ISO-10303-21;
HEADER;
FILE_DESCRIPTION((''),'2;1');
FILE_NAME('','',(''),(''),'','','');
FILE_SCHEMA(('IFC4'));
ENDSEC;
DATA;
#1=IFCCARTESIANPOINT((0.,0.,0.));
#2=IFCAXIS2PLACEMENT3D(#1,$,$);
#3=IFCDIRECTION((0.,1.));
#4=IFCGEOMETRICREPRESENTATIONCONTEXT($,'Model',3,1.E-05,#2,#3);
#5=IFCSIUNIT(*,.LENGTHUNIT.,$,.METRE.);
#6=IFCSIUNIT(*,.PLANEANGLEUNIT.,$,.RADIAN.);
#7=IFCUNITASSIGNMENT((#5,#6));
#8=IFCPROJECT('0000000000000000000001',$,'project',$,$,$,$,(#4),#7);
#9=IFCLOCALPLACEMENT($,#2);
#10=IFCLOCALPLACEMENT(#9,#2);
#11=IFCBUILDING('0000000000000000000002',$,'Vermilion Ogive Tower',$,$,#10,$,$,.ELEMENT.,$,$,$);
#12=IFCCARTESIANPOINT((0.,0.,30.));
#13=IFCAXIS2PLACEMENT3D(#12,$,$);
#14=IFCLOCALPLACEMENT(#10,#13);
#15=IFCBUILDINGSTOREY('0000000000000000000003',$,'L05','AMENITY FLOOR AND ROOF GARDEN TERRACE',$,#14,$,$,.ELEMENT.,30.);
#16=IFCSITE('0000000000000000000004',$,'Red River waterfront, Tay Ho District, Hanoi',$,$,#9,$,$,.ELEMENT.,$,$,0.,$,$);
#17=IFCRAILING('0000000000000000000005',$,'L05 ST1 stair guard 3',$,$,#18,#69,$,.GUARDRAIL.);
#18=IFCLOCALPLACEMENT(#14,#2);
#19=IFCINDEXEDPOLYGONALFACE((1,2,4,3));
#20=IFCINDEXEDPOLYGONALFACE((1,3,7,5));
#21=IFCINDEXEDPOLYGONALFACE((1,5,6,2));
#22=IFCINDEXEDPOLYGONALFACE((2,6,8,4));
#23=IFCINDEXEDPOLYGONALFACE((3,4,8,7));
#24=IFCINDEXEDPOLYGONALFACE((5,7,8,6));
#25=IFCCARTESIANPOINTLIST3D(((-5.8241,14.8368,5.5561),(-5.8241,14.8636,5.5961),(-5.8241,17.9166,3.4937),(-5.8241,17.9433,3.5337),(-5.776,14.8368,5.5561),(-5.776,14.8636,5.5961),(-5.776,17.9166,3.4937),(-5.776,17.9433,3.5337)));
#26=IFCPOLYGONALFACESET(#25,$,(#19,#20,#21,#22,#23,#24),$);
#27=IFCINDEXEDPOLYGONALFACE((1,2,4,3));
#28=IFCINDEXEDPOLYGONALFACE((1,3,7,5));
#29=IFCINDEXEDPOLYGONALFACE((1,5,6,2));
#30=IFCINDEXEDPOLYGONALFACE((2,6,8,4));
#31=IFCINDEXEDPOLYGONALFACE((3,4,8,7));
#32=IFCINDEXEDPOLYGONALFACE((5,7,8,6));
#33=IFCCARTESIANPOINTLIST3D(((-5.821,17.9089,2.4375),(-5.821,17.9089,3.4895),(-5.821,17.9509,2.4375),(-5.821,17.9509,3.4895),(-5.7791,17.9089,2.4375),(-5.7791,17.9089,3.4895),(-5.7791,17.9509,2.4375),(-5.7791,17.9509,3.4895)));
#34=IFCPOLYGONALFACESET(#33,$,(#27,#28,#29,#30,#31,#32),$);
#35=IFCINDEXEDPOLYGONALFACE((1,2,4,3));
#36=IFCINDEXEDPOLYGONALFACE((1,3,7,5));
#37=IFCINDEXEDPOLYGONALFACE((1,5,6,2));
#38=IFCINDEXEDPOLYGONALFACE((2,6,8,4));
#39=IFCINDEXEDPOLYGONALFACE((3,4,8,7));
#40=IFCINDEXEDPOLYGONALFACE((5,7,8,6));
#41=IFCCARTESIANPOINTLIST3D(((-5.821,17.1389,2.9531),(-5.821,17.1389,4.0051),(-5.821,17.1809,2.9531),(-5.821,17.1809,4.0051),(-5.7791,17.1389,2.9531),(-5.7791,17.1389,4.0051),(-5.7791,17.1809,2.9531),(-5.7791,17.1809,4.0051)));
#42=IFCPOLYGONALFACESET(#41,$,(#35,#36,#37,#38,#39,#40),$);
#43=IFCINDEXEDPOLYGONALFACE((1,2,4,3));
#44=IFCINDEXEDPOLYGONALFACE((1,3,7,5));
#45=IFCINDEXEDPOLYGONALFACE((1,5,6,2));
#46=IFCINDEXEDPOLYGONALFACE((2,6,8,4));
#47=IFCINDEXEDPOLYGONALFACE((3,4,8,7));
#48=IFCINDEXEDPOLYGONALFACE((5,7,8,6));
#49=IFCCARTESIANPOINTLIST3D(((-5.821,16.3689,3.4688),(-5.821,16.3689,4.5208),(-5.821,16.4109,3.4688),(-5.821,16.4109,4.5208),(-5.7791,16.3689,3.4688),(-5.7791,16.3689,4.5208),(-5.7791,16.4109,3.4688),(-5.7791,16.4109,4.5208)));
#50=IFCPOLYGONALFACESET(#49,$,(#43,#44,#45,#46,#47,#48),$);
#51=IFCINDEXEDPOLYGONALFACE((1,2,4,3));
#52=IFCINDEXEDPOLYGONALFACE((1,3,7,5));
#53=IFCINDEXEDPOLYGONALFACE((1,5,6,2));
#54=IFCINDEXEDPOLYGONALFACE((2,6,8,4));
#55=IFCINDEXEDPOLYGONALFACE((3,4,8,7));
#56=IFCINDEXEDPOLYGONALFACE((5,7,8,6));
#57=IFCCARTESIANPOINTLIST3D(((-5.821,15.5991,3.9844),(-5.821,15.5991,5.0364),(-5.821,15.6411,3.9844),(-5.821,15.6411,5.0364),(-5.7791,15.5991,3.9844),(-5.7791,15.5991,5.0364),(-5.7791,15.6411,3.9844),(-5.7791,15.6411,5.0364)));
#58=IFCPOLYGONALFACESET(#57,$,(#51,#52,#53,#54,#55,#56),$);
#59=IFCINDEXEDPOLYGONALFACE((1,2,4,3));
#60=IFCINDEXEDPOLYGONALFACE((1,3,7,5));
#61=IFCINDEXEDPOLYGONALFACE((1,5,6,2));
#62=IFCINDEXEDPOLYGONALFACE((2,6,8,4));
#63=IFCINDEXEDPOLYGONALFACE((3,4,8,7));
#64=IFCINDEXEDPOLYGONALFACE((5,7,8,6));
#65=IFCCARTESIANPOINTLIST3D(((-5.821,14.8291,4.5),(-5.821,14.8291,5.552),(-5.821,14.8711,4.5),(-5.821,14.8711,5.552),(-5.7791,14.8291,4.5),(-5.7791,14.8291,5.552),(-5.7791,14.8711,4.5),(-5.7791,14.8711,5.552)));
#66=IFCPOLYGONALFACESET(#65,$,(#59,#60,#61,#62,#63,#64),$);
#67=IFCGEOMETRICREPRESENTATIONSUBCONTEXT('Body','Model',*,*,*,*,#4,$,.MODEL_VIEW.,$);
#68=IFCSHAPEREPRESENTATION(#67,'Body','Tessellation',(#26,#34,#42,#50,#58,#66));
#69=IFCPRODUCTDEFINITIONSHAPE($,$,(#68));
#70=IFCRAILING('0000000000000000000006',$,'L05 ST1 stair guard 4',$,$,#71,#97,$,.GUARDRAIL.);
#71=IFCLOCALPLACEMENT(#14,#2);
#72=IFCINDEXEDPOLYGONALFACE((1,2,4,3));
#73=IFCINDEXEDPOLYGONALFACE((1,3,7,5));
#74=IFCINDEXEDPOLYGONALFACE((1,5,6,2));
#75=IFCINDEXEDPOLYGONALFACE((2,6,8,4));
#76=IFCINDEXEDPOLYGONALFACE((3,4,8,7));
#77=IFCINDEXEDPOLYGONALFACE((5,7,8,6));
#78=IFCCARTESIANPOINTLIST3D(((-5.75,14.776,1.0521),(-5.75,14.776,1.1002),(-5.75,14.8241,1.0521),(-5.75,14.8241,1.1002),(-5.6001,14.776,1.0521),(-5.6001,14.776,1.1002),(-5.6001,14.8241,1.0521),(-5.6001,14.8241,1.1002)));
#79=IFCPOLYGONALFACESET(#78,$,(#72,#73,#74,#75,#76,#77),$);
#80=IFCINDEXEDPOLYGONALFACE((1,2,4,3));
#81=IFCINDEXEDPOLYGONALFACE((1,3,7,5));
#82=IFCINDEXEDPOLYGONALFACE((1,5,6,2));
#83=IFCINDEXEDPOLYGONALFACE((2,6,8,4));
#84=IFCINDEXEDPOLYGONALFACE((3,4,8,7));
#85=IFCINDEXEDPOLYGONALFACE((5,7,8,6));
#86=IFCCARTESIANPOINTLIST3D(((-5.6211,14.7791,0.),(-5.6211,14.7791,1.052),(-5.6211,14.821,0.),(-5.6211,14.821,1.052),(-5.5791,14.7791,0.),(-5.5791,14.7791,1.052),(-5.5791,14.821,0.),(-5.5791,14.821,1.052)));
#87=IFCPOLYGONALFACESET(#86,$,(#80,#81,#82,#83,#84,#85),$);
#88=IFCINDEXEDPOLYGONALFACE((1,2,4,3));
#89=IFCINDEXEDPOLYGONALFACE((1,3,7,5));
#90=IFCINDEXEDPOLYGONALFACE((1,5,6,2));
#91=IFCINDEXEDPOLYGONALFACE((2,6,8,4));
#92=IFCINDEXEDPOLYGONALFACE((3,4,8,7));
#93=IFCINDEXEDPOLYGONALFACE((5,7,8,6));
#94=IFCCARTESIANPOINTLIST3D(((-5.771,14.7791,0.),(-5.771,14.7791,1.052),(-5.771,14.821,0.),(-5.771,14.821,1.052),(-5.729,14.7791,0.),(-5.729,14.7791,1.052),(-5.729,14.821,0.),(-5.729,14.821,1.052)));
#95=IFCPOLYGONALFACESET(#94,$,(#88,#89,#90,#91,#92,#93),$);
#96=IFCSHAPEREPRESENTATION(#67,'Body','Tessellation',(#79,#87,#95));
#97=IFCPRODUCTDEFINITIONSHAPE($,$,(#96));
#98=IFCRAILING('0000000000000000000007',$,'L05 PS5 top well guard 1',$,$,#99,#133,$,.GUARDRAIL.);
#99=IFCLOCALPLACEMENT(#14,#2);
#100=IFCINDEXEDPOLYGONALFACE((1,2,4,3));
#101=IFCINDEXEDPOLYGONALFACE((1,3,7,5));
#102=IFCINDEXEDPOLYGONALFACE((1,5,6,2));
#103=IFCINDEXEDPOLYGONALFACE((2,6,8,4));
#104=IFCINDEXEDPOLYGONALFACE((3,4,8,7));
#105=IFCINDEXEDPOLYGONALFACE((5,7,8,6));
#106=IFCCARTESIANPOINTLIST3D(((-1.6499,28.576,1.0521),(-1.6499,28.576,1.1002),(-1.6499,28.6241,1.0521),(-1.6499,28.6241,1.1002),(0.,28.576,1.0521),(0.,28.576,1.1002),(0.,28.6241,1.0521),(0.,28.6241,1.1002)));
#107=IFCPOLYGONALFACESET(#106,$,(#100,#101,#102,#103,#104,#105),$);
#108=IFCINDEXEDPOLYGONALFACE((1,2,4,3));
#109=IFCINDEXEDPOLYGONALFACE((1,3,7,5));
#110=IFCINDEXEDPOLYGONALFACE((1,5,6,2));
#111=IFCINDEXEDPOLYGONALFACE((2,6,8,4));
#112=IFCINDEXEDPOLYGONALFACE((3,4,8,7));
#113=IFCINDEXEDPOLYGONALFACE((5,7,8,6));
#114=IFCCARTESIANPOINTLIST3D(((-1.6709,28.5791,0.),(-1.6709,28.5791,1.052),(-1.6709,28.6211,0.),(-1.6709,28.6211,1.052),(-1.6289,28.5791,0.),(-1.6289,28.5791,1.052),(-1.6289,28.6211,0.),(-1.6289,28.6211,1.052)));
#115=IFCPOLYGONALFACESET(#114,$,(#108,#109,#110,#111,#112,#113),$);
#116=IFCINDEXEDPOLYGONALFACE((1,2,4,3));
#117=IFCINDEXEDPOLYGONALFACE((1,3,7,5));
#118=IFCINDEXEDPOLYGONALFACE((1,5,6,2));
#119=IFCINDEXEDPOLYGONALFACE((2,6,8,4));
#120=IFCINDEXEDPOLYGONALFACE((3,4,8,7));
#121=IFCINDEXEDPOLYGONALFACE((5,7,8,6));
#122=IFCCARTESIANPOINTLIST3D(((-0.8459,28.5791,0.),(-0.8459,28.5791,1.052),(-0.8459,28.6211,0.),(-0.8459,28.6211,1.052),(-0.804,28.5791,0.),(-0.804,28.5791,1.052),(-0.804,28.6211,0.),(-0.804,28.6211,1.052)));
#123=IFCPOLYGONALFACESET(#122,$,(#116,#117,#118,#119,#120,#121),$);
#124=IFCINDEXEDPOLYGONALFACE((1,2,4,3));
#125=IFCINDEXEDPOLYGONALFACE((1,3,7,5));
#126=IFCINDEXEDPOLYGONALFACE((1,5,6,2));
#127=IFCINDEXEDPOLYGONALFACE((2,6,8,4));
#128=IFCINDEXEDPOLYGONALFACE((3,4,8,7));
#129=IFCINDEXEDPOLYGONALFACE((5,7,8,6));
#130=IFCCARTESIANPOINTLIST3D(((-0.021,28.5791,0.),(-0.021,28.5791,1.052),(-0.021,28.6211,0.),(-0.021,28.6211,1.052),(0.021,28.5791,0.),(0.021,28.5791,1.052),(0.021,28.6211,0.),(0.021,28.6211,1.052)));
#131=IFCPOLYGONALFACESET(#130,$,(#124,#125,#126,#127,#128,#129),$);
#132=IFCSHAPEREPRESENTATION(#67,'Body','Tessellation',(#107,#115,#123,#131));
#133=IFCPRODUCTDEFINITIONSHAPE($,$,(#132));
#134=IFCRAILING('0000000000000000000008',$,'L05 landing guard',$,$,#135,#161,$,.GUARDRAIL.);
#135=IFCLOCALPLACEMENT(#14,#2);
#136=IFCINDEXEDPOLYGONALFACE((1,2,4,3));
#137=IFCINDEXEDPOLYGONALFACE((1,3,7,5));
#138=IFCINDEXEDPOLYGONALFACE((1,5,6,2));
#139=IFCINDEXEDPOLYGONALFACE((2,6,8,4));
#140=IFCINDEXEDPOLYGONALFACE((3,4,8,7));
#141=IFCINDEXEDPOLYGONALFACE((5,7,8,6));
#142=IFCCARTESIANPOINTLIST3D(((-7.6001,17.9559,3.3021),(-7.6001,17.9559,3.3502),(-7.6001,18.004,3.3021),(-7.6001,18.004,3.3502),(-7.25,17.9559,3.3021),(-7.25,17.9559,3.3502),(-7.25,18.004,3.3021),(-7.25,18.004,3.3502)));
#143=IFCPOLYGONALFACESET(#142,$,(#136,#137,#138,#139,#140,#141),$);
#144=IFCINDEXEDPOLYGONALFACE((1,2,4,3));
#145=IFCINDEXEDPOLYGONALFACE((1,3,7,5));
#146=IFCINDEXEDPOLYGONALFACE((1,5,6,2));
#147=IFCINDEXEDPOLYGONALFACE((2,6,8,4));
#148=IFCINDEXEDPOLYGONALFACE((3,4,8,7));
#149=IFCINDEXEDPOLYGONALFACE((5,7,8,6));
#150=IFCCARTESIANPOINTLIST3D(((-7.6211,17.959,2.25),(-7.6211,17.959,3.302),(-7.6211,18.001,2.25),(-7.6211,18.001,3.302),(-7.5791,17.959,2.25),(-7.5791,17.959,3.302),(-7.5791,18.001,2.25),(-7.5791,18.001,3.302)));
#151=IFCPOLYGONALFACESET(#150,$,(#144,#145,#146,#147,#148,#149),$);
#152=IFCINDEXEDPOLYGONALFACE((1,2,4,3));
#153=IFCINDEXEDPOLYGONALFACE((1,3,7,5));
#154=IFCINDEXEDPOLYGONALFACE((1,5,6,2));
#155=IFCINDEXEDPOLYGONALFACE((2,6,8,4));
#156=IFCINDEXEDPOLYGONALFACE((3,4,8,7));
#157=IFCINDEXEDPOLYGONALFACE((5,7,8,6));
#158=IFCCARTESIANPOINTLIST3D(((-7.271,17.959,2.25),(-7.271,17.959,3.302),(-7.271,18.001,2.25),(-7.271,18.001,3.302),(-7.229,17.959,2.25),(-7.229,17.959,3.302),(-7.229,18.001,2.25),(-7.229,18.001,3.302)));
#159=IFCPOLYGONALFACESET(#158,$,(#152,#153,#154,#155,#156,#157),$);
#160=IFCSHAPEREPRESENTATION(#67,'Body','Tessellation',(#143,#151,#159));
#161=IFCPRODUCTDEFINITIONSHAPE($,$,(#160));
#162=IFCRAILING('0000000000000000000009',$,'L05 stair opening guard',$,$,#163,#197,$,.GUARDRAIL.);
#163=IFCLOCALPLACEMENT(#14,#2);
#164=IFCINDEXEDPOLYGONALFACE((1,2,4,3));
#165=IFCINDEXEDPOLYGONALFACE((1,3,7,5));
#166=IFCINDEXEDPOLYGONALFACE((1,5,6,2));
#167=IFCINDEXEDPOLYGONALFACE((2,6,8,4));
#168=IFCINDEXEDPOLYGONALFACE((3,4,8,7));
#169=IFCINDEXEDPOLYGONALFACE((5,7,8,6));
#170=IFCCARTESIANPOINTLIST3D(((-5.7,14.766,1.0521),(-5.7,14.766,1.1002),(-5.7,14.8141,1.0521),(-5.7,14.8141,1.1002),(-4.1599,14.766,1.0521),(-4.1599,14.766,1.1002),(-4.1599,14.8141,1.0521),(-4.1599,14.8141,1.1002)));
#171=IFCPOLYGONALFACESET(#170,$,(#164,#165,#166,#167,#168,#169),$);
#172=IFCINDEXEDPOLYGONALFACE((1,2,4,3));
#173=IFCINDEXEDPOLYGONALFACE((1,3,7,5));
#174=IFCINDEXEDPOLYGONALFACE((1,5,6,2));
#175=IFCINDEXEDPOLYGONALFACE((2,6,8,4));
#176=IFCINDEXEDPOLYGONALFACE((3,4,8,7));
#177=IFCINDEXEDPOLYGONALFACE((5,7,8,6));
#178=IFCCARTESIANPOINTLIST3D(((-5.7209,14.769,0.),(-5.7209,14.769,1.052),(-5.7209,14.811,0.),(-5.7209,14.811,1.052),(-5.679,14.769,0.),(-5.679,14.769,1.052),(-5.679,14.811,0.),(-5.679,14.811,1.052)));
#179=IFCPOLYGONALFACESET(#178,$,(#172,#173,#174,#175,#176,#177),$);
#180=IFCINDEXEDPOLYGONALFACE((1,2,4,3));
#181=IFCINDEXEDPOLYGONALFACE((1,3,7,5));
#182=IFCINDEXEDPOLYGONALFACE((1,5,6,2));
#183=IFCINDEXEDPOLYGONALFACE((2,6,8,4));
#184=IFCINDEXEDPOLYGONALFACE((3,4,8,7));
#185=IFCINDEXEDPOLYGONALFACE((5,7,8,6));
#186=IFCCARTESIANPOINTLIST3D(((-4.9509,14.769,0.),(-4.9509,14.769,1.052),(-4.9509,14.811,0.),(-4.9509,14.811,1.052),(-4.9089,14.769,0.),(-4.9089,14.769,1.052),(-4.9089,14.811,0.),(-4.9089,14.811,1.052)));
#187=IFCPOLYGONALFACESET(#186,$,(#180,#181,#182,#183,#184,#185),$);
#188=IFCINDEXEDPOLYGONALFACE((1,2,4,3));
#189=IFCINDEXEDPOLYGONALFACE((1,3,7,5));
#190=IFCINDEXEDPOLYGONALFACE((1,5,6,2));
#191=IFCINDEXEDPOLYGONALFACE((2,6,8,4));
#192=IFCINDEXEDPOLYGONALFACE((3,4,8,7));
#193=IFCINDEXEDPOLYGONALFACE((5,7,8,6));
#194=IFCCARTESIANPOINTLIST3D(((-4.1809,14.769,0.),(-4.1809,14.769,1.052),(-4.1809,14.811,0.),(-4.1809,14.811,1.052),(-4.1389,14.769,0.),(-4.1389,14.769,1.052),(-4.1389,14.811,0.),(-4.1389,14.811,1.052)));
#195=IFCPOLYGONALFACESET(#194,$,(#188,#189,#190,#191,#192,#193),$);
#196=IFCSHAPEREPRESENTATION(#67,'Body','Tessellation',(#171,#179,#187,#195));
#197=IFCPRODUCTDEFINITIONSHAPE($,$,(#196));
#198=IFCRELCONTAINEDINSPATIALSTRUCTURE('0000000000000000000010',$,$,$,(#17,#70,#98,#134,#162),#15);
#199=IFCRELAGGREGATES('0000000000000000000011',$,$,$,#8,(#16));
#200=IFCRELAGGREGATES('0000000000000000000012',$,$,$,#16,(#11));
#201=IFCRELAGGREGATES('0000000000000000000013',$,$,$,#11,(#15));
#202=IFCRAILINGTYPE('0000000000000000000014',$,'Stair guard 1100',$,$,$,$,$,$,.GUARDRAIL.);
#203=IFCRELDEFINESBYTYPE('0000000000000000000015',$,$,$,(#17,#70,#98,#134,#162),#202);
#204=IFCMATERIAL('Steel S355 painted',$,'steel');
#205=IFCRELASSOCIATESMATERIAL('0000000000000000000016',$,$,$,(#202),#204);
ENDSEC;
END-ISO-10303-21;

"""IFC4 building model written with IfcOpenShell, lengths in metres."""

from ifc_helpers import new_model, si_unit, direction, frame, origin, origin_2d, place, context, subcontext, project, spatial, rectangle, extrude, material, type_object, element, save


model = new_model("IFC4")

# Units and contexts
model_context = context("Model", 3, precision=1e-05, world=origin(), true_north=direction((0.0, 1.0)))
body_context = subcontext(model_context, "Body", "Model", "MODEL_VIEW")
ifc_project = project(units=[si_unit("LENGTHUNIT", "METRE"), si_unit("PLANEANGLEUNIT", "RADIAN")], contexts=[model_context])

# Site, building, storey
site_placement = place(None, origin())
site = spatial("IfcSite", under=ifc_project, at=site_placement, Name="Red River waterfront, Tay Ho District, Hanoi", CompositionType="ELEMENT", RefElevation=0.0)
building_placement = place(site_placement, origin())
building = spatial("IfcBuilding", under=site, at=building_placement, Name="Vermilion Ogive Tower", CompositionType="ELEMENT")
storey_placement = place(building_placement, frame((0.0, 0.0, 30.0)))
storey = spatial("IfcBuildingStorey", under=building, at=storey_placement, Name="L05", Description="AMENITY FLOOR AND ROOF GARDEN TERRACE", CompositionType="ELEMENT", Elevation=30.0)

# Railings
ifc_material_1 = material(Name="Steel S355 painted", Category="steel")
railing_type_1 = type_object("IfcRailingType", Name="Stair guard 1100", PredefinedType="GUARDRAIL", material=ifc_material_1)
railing_1_placement = place(storey_placement, frame((-5.8, 17.9299, 2.4375)))
element("IfcRailing", 1, at=railing_1_placement, inside=storey, type_object=railing_type_1, Name="L05 ST1 stair guard 3", PredefinedType="GUARDRAIL", context=body_context, shape_type="SweptSolid", body=[
    extrude(rectangle(XDim=0.0481, YDim=0.0481, at=origin_2d()), frame((0.0, 0.0, 1.0762), z_axis=(0.0, -0.830893, 0.556432), x_axis=(1.0, 0.0, 0.0)), (0.0, 0.0, 1.0), 3.7065),
    extrude(rectangle(XDim=0.042, YDim=0.042, at=origin_2d()), origin(), (0.0, 0.0, 1.0), 1.052),
    extrude(rectangle(XDim=0.042, YDim=0.042, at=origin_2d()), frame((0.0, -0.77, 0.5156)), (0.0, 0.0, 1.0), 1.052),
    extrude(rectangle(XDim=0.042, YDim=0.042, at=origin_2d()), frame((0.0, -1.54, 1.0312)), (0.0, 0.0, 1.0), 1.052),
    extrude(rectangle(XDim=0.042, YDim=0.042, at=origin_2d()), frame((0.0, -2.3098, 1.5469)), (0.0, 0.0, 1.0), 1.052),
    extrude(rectangle(XDim=0.042, YDim=0.042, at=origin_2d()), frame((0.0, -3.0798, 2.0625)), (0.0, 0.0, 1.0), 1.052),
])
railing_2_placement = place(storey_placement, frame((-5.6001, 14.8, 0.0)))
element("IfcRailing", 2, at=railing_2_placement, inside=storey, type_object=railing_type_1, Name="L05 ST1 stair guard 4", PredefinedType="GUARDRAIL", context=body_context, shape_type="SweptSolid", body=[
    extrude(rectangle(XDim=0.0481, YDim=0.0481, at=origin_2d()), frame((0.0, 0.0, 1.0762), z_axis=(-1.0, 0.0, 0.0), x_axis=(0.0, -1.0, 0.0)), (0.0, 0.0, 1.0), 0.1499),
    extrude(rectangle(XDim=0.042, YDim=0.042, at=origin_2d()), origin(), (0.0, 0.0, 1.0), 1.052),
    extrude(rectangle(XDim=0.042, YDim=0.042, at=origin_2d()), frame((-0.1499, 0.0, 0.0)), (0.0, 0.0, 1.0), 1.052),
])
railing_3_placement = place(storey_placement, frame((-1.6499, 28.6001, 0.0)))
element("IfcRailing", 3, at=railing_3_placement, inside=storey, type_object=railing_type_1, Name="L05 PS5 top well guard 1", PredefinedType="GUARDRAIL", context=body_context, shape_type="SweptSolid", body=[
    extrude(rectangle(XDim=0.0481, YDim=0.0481, at=origin_2d()), frame((0.0, 0.0, 1.0762), z_axis=(1.0, 0.0, 0.0), x_axis=(0.0, 1.0, 0.0)), (0.0, 0.0, 1.0), 1.6499),
    extrude(rectangle(XDim=0.042, YDim=0.042, at=origin_2d()), origin(), (0.0, 0.0, 1.0), 1.052),
    extrude(rectangle(XDim=0.042, YDim=0.042, at=origin_2d()), frame((0.825, 0.0, 0.0)), (0.0, 0.0, 1.0), 1.052),
    extrude(rectangle(XDim=0.042, YDim=0.042, at=origin_2d()), frame((1.6499, 0.0, 0.0)), (0.0, 0.0, 1.0), 1.052),
])
railing_4_placement = place(storey_placement, frame((-7.6001, 17.98, 2.25)))
element("IfcRailing", 4, at=railing_4_placement, inside=storey, type_object=railing_type_1, Name="L05 landing guard", PredefinedType="GUARDRAIL", context=body_context, shape_type="SweptSolid", body=[
    extrude(rectangle(XDim=0.0481, YDim=0.0481, at=origin_2d()), frame((0.0, 0.0, 1.0762), z_axis=(1.0, 0.0, 0.0), x_axis=(0.0, 1.0, 0.0)), (0.0, 0.0, 1.0), 0.3501),
    extrude(rectangle(XDim=0.042, YDim=0.042, at=origin_2d()), origin(), (0.0, 0.0, 1.0), 1.052),
    extrude(rectangle(XDim=0.042, YDim=0.042, at=origin_2d()), frame((0.3501, 0.0, 0.0)), (0.0, 0.0, 1.0), 1.052),
])
railing_5_placement = place(storey_placement, frame((-5.7, 14.79, 0.0)))
element("IfcRailing", 5, at=railing_5_placement, inside=storey, type_object=railing_type_1, Name="L05 stair opening guard", PredefinedType="GUARDRAIL", context=body_context, shape_type="SweptSolid", body=[
    extrude(rectangle(XDim=0.0481, YDim=0.0481, at=origin_2d()), frame((0.0, 0.0, 1.0762), z_axis=(1.0, 0.0, 0.0), x_axis=(0.0, 1.0, 0.0)), (0.0, 0.0, 1.0), 1.54),
    extrude(rectangle(XDim=0.042, YDim=0.042, at=origin_2d()), origin(), (0.0, 0.0, 1.0), 1.052),
    extrude(rectangle(XDim=0.042, YDim=0.042, at=origin_2d()), frame((0.77, 0.0, 0.0)), (0.0, 0.0, 1.0), 1.052),
    extrude(rectangle(XDim=0.042, YDim=0.042, at=origin_2d()), frame((1.54, 0.0, 0.0)), (0.0, 0.0, 1.0), 1.052),
])

save(model, "model.ifc")
